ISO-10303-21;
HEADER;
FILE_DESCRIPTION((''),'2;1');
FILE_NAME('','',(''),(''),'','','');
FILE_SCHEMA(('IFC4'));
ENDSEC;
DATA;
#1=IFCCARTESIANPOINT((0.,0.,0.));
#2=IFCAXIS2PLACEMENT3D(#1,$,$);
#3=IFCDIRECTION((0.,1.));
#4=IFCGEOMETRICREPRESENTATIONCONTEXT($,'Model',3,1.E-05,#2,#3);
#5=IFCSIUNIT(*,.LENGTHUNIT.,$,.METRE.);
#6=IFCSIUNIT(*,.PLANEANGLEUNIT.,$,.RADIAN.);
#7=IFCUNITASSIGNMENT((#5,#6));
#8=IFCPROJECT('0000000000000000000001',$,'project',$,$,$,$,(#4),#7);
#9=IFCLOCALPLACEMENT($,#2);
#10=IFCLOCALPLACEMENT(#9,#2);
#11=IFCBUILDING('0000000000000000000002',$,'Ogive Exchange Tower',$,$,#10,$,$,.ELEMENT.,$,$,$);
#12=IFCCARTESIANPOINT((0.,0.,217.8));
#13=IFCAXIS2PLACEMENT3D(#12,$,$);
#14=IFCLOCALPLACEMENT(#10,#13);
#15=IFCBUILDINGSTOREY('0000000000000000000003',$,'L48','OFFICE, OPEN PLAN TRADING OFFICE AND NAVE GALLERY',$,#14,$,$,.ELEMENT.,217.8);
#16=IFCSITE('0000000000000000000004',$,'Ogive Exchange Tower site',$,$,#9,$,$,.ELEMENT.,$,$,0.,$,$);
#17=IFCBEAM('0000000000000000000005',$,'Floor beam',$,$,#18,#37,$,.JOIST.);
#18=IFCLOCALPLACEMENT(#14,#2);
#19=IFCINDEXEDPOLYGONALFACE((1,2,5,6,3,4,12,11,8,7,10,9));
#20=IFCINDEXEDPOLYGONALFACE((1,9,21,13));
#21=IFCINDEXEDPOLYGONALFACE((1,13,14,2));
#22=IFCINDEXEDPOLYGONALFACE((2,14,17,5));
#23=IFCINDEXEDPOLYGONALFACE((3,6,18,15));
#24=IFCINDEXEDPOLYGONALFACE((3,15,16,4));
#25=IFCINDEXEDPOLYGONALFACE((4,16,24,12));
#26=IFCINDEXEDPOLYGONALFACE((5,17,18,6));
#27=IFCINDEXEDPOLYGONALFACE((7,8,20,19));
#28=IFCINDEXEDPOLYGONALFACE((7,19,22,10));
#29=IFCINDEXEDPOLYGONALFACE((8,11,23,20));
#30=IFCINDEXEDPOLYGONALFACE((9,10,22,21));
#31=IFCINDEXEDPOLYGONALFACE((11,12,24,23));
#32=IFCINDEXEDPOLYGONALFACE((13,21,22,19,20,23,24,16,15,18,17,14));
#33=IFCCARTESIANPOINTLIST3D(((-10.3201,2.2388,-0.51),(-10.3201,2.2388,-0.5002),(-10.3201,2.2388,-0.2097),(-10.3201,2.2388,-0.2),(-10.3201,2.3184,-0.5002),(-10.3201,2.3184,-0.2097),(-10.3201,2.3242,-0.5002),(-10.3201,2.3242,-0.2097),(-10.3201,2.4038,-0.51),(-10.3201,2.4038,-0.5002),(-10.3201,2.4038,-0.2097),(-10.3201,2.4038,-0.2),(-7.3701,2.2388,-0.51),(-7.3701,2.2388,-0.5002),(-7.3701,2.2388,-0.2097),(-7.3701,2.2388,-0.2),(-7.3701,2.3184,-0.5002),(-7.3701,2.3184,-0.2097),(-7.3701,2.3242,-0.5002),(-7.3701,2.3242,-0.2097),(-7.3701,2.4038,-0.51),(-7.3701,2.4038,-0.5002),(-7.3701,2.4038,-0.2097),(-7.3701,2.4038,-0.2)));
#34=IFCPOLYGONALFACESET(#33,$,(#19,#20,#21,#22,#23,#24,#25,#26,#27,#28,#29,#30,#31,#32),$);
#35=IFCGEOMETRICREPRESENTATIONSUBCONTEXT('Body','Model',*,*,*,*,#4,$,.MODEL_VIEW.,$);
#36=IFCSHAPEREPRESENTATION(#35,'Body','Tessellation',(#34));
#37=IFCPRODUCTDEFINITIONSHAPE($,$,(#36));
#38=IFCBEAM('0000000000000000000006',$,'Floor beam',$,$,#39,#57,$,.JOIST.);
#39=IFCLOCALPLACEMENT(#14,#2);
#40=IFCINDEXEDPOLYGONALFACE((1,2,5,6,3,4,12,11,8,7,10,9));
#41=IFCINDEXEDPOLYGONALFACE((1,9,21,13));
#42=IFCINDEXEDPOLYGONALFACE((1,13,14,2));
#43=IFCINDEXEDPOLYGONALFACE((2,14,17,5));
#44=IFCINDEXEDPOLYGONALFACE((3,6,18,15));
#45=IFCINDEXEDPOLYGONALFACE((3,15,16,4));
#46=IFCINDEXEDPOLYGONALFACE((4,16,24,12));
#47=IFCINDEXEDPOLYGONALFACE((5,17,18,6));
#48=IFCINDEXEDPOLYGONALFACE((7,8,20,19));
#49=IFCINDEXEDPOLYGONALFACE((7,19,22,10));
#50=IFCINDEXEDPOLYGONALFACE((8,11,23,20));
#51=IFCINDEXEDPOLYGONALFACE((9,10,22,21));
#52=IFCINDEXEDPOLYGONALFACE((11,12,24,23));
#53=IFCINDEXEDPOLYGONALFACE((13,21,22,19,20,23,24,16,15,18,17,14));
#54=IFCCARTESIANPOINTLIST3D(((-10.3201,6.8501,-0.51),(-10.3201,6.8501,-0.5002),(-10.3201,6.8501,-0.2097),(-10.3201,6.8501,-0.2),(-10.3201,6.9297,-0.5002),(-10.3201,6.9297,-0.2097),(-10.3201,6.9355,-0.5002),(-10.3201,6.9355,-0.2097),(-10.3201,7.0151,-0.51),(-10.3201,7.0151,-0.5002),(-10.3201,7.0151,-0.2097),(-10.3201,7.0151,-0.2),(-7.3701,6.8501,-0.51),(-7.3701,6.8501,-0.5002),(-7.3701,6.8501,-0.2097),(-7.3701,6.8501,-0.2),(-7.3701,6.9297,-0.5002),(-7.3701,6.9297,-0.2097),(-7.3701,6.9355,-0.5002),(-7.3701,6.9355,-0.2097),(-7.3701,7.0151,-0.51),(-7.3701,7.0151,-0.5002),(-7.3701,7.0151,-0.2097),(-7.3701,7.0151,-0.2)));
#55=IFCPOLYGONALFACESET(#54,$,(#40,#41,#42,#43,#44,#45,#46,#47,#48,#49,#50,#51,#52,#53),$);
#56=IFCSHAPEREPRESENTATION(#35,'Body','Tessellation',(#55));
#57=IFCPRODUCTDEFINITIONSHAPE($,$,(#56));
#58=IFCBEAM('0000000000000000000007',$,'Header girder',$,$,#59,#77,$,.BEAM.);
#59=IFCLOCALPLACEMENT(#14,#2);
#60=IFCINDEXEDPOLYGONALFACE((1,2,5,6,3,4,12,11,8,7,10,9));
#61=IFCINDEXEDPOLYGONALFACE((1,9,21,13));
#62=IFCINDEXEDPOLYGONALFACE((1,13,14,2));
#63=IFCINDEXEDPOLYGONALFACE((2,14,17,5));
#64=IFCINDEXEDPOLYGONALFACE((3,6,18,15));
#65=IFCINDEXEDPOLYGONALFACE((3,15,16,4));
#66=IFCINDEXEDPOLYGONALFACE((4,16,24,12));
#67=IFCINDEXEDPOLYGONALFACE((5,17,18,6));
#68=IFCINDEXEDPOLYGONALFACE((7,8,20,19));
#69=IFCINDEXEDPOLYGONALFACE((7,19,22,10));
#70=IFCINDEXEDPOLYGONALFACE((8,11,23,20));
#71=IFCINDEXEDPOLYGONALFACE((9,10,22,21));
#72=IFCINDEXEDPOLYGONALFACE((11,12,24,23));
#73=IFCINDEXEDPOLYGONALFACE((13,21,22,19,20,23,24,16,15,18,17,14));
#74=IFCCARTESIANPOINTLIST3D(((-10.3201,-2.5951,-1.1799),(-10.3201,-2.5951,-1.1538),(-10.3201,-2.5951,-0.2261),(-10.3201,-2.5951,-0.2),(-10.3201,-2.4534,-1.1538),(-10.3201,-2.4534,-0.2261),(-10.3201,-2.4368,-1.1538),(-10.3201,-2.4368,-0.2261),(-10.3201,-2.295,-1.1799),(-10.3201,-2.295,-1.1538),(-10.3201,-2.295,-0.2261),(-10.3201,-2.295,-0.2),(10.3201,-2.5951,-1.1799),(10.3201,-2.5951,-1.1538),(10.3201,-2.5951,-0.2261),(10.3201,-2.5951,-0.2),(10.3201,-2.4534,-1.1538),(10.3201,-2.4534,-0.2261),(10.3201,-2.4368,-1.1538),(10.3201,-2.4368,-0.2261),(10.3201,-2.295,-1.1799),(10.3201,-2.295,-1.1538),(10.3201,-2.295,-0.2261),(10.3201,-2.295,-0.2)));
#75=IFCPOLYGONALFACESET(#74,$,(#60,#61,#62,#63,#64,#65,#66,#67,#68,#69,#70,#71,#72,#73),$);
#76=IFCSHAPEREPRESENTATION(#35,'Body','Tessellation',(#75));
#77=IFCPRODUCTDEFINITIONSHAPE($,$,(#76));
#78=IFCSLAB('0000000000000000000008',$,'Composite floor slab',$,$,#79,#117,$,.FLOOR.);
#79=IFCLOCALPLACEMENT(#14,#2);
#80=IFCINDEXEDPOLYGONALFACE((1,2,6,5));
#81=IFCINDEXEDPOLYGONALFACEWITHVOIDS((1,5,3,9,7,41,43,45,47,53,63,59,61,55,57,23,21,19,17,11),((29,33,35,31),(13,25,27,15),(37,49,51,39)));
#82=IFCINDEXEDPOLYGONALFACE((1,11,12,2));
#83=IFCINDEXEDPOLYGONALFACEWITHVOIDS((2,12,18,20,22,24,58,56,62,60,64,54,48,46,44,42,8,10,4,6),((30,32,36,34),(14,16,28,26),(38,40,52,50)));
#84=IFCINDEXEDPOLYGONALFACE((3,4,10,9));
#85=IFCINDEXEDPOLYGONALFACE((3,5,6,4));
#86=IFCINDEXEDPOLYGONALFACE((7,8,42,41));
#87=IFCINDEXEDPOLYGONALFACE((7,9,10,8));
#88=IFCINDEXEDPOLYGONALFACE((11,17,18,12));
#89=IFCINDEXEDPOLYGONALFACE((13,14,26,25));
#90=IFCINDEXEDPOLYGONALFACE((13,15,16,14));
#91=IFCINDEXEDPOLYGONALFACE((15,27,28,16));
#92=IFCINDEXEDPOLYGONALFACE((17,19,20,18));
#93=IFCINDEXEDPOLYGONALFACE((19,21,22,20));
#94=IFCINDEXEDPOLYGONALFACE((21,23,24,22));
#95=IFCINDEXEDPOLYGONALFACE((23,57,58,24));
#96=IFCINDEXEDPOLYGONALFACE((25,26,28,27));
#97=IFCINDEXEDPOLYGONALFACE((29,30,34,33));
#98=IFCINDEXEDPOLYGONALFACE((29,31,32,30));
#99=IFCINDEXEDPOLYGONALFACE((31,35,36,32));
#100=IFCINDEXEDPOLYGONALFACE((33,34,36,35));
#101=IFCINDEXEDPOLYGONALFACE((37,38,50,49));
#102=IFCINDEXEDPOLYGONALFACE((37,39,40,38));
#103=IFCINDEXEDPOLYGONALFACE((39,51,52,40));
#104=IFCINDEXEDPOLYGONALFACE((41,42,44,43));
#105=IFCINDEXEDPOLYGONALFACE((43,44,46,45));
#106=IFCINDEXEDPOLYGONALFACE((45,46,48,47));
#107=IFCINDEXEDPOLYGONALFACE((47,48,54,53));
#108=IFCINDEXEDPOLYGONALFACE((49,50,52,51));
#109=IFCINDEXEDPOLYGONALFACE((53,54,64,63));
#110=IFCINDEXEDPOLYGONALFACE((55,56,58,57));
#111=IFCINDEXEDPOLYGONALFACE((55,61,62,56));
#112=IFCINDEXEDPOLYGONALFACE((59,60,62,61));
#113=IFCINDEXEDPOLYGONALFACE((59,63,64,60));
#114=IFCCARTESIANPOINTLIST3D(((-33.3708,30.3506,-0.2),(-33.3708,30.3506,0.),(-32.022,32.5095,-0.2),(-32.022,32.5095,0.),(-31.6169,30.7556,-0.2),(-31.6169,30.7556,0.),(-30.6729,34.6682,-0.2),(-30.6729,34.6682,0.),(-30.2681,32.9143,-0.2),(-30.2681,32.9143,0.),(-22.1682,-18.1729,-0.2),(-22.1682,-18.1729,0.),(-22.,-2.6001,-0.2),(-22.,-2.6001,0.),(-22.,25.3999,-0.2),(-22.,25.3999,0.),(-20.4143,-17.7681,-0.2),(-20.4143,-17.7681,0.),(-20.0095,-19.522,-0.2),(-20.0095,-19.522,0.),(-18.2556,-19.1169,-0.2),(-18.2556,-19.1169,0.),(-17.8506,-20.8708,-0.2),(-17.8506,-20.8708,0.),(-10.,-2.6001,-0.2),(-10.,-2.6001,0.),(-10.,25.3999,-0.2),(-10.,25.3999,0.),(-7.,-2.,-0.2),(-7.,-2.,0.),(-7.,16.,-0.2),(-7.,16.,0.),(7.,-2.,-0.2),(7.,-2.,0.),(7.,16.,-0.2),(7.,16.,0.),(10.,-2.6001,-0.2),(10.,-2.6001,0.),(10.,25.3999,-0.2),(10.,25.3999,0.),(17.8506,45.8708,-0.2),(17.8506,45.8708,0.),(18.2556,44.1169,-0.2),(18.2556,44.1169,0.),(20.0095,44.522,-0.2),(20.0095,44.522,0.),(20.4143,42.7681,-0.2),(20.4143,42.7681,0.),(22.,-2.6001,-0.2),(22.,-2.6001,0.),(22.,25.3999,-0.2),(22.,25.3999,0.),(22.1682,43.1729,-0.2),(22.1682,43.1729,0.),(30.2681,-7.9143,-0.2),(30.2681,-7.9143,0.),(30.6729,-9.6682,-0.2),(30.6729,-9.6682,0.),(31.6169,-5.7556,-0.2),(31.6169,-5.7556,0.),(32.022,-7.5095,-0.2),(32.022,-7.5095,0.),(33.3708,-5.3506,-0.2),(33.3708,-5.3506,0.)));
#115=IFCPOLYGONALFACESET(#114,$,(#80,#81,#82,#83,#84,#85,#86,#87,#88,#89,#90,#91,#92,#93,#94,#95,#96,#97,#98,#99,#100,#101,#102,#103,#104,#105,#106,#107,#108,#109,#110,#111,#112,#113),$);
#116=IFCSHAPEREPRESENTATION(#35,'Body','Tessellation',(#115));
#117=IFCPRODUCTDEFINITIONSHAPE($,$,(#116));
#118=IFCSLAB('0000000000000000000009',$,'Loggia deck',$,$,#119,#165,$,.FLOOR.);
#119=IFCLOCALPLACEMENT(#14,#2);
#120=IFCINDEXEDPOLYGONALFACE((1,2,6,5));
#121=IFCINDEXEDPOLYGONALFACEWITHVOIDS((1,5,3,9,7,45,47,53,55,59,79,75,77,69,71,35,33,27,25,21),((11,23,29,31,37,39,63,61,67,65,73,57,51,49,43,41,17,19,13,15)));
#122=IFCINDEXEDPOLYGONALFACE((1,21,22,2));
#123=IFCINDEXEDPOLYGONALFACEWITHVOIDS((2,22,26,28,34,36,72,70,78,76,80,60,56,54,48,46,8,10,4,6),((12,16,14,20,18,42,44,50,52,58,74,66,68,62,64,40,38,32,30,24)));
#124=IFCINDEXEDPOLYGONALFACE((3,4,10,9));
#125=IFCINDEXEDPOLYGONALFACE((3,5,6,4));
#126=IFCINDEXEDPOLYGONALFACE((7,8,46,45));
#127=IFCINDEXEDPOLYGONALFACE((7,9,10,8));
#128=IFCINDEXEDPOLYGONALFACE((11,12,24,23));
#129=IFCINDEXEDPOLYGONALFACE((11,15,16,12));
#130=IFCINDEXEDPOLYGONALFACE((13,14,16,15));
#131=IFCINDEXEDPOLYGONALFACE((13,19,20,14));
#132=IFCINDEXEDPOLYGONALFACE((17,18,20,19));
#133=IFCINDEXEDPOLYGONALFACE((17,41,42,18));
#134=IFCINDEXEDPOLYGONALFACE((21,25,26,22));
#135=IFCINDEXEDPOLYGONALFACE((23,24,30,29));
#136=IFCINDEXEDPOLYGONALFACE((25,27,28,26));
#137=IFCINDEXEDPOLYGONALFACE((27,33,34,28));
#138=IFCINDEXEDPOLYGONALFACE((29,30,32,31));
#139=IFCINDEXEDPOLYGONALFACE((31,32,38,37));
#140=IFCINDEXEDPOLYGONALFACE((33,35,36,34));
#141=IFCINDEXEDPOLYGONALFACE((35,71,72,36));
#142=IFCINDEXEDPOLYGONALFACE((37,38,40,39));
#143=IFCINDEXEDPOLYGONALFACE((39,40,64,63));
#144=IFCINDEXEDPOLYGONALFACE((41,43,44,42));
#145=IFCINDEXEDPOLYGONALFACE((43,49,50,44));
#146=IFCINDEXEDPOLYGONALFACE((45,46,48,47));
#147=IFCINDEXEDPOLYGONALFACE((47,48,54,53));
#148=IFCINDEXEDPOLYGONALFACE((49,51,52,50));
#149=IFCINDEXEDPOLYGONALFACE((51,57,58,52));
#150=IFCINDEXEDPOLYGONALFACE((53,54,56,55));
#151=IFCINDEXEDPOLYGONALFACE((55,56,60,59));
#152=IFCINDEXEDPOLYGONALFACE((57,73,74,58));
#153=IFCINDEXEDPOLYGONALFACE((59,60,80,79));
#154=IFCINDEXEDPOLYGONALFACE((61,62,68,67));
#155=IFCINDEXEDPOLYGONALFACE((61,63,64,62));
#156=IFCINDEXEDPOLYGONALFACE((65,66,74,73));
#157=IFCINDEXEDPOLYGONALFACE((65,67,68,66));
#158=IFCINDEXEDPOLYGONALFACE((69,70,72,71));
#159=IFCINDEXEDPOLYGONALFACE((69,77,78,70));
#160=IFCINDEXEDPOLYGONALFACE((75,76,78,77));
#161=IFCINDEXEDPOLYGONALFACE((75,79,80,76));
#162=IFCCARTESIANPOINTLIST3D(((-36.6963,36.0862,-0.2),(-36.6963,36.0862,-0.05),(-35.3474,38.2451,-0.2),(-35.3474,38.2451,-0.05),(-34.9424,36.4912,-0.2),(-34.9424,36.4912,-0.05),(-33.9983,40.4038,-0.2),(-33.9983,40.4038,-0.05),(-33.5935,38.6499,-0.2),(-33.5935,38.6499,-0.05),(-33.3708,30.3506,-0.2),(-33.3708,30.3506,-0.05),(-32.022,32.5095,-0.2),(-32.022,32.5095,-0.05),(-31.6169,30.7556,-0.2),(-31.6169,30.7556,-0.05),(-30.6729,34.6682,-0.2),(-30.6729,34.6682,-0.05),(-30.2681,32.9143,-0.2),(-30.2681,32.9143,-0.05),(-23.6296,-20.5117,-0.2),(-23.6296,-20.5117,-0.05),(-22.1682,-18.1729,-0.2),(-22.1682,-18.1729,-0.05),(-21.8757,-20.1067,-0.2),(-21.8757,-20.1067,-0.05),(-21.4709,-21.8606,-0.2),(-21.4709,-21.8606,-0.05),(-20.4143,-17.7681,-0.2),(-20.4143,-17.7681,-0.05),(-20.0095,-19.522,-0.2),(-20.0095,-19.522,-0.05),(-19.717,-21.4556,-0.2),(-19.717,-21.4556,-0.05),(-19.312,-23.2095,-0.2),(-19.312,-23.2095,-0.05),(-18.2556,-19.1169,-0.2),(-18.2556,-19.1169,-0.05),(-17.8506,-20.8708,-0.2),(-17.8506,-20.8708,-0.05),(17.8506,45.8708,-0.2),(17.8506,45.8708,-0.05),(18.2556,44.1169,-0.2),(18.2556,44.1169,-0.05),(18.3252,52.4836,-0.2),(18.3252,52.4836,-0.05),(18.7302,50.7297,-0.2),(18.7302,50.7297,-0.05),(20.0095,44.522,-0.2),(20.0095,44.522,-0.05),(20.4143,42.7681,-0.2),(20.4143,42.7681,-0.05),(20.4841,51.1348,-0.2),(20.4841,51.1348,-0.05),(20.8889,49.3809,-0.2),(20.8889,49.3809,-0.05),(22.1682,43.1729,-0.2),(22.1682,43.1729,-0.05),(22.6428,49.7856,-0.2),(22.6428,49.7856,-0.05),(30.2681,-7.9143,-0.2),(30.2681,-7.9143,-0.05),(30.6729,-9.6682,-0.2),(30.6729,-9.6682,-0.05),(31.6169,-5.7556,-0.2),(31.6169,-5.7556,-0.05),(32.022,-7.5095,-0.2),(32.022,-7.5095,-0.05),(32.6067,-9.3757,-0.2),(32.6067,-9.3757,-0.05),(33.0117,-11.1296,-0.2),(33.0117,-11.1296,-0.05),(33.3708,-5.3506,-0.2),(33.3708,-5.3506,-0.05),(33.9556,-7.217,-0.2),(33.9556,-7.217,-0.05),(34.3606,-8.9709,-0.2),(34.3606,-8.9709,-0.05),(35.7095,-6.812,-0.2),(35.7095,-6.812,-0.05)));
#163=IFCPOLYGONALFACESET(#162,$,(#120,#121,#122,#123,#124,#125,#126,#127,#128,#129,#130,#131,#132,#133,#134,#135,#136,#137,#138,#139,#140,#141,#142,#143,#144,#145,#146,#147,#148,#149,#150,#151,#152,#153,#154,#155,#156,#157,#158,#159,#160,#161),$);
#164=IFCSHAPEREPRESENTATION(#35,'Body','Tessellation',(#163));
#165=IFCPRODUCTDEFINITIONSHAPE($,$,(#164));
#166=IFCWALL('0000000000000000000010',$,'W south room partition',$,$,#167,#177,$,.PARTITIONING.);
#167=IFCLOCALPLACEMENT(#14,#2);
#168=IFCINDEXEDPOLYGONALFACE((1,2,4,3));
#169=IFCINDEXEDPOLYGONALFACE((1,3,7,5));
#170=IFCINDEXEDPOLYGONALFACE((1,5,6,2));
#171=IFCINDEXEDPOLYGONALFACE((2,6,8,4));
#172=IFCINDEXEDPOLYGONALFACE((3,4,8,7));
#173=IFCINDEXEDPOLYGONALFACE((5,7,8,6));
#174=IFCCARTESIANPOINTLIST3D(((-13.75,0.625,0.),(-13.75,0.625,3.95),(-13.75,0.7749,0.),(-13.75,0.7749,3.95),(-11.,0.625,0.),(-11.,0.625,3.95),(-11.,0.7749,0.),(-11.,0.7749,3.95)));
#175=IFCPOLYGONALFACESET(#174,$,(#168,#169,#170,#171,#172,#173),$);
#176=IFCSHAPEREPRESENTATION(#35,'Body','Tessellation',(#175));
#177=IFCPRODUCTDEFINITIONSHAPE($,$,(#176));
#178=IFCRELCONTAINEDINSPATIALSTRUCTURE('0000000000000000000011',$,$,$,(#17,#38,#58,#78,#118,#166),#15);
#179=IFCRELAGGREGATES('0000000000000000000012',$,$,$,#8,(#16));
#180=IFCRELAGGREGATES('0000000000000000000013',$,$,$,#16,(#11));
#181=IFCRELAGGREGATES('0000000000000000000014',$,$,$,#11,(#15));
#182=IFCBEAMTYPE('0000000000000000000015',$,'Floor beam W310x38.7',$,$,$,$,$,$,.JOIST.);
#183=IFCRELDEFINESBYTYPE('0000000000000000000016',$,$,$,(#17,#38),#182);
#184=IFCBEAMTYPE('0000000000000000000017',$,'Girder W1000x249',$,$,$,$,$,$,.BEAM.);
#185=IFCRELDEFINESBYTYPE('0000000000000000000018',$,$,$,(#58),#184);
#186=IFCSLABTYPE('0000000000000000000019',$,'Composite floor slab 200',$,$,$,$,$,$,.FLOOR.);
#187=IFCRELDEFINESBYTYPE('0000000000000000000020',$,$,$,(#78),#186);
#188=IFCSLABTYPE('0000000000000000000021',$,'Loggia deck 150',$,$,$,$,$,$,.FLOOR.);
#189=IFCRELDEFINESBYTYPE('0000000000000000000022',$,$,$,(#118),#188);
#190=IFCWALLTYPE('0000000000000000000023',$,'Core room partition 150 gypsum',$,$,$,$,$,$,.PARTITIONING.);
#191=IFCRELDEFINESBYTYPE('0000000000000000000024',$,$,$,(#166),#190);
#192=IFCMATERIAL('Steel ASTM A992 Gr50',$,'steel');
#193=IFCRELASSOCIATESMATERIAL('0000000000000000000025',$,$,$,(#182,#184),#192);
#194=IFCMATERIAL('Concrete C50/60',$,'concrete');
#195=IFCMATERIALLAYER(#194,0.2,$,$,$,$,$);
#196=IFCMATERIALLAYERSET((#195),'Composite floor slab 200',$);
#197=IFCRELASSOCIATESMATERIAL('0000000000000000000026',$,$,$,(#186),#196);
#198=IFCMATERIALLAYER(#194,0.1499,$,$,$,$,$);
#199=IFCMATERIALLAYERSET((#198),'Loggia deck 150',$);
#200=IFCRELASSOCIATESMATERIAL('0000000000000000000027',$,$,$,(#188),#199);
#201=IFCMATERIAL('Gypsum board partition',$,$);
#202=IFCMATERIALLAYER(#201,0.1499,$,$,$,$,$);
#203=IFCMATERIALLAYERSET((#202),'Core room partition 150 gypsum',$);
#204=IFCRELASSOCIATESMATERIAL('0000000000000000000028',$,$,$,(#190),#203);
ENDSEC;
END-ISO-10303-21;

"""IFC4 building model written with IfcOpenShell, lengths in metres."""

from ifc_helpers import new_model, si_unit, direction, frame, frame_2d, origin, origin_2d, place, context, subcontext, project, spatial, polyline, rectangle, i_section, outline, extrude, material, layer, layer_set, material_profile, profile_set, type_object, element, save


model = new_model("IFC4")

# Units and contexts
model_context = context("Model", 3, precision=1e-05, world=origin(), true_north=direction((0.0, 1.0)))
body_context = subcontext(model_context, "Body", "Model", "MODEL_VIEW")
ifc_project = project(units=[si_unit("LENGTHUNIT", "METRE"), si_unit("PLANEANGLEUNIT", "RADIAN")], contexts=[model_context])

# Site, building, storey
site_placement = place(None, origin())
site = spatial("IfcSite", under=ifc_project, at=site_placement, Name="Ogive Exchange Tower site", CompositionType="ELEMENT", RefElevation=0.0)
building_placement = place(site_placement, origin())
building = spatial("IfcBuilding", under=site, at=building_placement, Name="Ogive Exchange Tower", CompositionType="ELEMENT")
storey_placement = place(building_placement, frame((0.0, 0.0, 217.8)))
storey = spatial("IfcBuildingStorey", under=building, at=storey_placement, Name="L48", Description="OFFICE, OPEN PLAN TRADING OFFICE AND NAVE GALLERY", CompositionType="ELEMENT", Elevation=217.8)

# Beams
ifc_material_1 = material(Name="Steel ASTM A992 Gr50", Category="steel")
ifc_material_profile_1 = material_profile(ifc_material_1, i_section(OverallWidth=0.165, OverallDepth=0.3101, WebThickness=0.0059, FlangeThickness=0.0098, at=origin_2d()), Name="W310x38.7")
ifc_profile_set_1 = profile_set([ifc_material_profile_1], Name="Steel ASTM A992 Gr50")
beam_type_1 = type_object("IfcBeamType", Name="Floor beam W310x38.7", PredefinedType="JOIST", material=ifc_profile_set_1)
for number, where, z_axis, x_axis, name in (
    (1, (-10.3201, 2.3213, -0.355), (1.0, 0.0, 0.0), (0.0, 1.0, 0.0), "Floor beam"),
    (2, (-10.3201, 6.9326, -0.355), (1.0, 0.0, 0.0), (0.0, 1.0, 0.0), "Floor beam"),
):
    element("IfcBeam", number, at=place(storey_placement, frame(where, z_axis=z_axis, x_axis=x_axis)), inside=storey, type_object=beam_type_1, Name=name, PredefinedType="JOIST", context=body_context, shape_type="SweptSolid", body=[
        extrude(i_section(OverallWidth=0.165, OverallDepth=0.3101, WebThickness=0.0059, FlangeThickness=0.0098, at=origin_2d()), origin(), (0.0, 0.0, 1.0), 2.95),
    ])
ifc_material_profile_2 = material_profile(ifc_material_1, i_section(OverallWidth=0.3, OverallDepth=0.98, WebThickness=0.0166, FlangeThickness=0.0261, at=origin_2d()), Name="W1000x249")
ifc_profile_set_2 = profile_set([ifc_material_profile_2], Name="Steel ASTM A992 Gr50")
beam_type_2 = type_object("IfcBeamType", Name="Girder W1000x249", PredefinedType="BEAM", material=ifc_profile_set_2)
beam_placement = place(storey_placement, frame((-10.3201, -2.4451, -0.6899), z_axis=(1.0, 0.0, 0.0), x_axis=(0.0, 1.0, 0.0)))
element("IfcBeam", 3, at=beam_placement, inside=storey, type_object=beam_type_2, Name="Header girder", PredefinedType="BEAM", context=body_context, shape_type="SweptSolid", body=[
    extrude(i_section(OverallWidth=0.3, OverallDepth=0.98, WebThickness=0.0166, FlangeThickness=0.0261, at=origin_2d()), origin(), (0.0, 0.0, 1.0), 20.6401),
])

# Slabs
ifc_material_2 = material(Name="Concrete C50/60", Category="concrete")
ifc_layer_1 = layer(ifc_material_2, 0.2)
ifc_layer_set_1 = layer_set([ifc_layer_1], Name="Composite floor slab 200")
slab_type_1 = type_object("IfcSlabType", Name="Composite floor slab 200", PredefinedType="FLOOR", material=ifc_layer_set_1)
slab_1_placement = place(storey_placement, frame((0.0, 0.0, -0.2)))
element("IfcSlab", 4, at=slab_1_placement, inside=storey, type_object=slab_type_1, Name="Composite floor slab", PredefinedType="FLOOR", context=body_context, shape_type="SweptSolid", body=[
    extrude(outline(polyline([(-18.2556, -19.1169), (-20.0095, -19.522), (-20.4143, -17.7681), (-22.1682, -18.1729), (-33.3708, 30.3506), (-31.6169, 30.7556), (-32.022, 32.5095), (-30.2681, 32.9143), (-30.6729, 34.6682), (17.8506, 45.8708), (18.2556, 44.1169), (20.0095, 44.522), (20.4143, 42.7681), (22.1682, 43.1729), (33.3708, -5.3506), (31.6169, -5.7556), (32.022, -7.5095), (30.2681, -7.9143), (30.6729, -9.6682), (-17.8506, -20.8708), (-18.2556, -19.1169)]), holes=[polyline([(7.0, -2.0), (7.0, 16.0), (-7.0, 16.0), (-7.0, -2.0), (7.0, -2.0)]), polyline([(-22.0, -2.6001), (-10.0, -2.6001), (-10.0, 25.3999), (-22.0, 25.3999), (-22.0, -2.6001)]), polyline([(10.0, -2.6001), (22.0, -2.6001), (22.0, 25.3999), (10.0, 25.3999), (10.0, -2.6001)])]), origin(), (0.0, 0.0, 1.0), 0.2),
])
ifc_layer_2 = layer(ifc_material_2, 0.1499)
ifc_layer_set_2 = layer_set([ifc_layer_2], Name="Loggia deck 150")
slab_type_2 = type_object("IfcSlabType", Name="Loggia deck 150", PredefinedType="FLOOR", material=ifc_layer_set_2)
slab_2_placement = place(storey_placement, frame((0.0, 0.0, -0.2)))
element("IfcSlab", 5, at=slab_2_placement, inside=storey, type_object=slab_type_2, Name="Loggia deck", PredefinedType="FLOOR", context=body_context, shape_type="SweptSolid", body=[
    extrude(outline(polyline([(-19.717, -21.4556), (-21.4709, -21.8606), (-21.8757, -20.1067), (-23.6296, -20.5117), (-36.6963, 36.0862), (-34.9424, 36.4912), (-35.3474, 38.2451), (-33.5935, 38.6499), (-33.9983, 40.4038), (18.3252, 52.4836), (18.7302, 50.7297), (20.4841, 51.1348), (20.8889, 49.3809), (22.6428, 49.7856), (35.7095, -6.812), (33.9556, -7.217), (34.3606, -8.9709), (32.6067, -9.3757), (33.0117, -11.1296), (-19.312, -23.2095), (-19.717, -21.4556)]), holes=[polyline([(30.2681, -7.9143), (32.022, -7.5095), (31.6169, -5.7556), (33.3708, -5.3506), (22.1682, 43.1729), (20.4143, 42.7681), (20.0095, 44.522), (18.2556, 44.1169), (17.8506, 45.8708), (-30.6729, 34.6682), (-30.2681, 32.9143), (-32.022, 32.5095), (-31.6169, 30.7556), (-33.3708, 30.3506), (-22.1682, -18.1729), (-20.4143, -17.7681), (-20.0095, -19.522), (-18.2556, -19.1169), (-17.8506, -20.8708), (30.6729, -9.6682), (30.2681, -7.9143)])]), origin(), (0.0, 0.0, 1.0), 0.1499),
])

# Wall
ifc_material_3 = material(Name="Gypsum board partition")
ifc_layer_3 = layer(ifc_material_3, 0.1499)
ifc_layer_set_3 = layer_set([ifc_layer_3], Name="Core room partition 150 gypsum")
wall_type_1 = type_object("IfcWallType", Name="Core room partition 150 gypsum", PredefinedType="PARTITIONING", material=ifc_layer_set_3)
wall_1_placement = place(storey_placement, frame((-13.75, 0.7, 0.0), z_axis=(0.0, 0.0, 1.0), x_axis=(1.0, 0.0, 0.0)))
element("IfcWall", 6, at=wall_1_placement, inside=storey, type_object=wall_type_1, Name="W south room partition", PredefinedType="PARTITIONING", context=body_context, shape_type="SweptSolid", body=[
    extrude(rectangle(XDim=2.75, YDim=0.1499, at=frame_2d((1.375, 0.0))), origin(), (0.0, 0.0, 1.0), 3.95),
])

save(model, "model.ifc")
